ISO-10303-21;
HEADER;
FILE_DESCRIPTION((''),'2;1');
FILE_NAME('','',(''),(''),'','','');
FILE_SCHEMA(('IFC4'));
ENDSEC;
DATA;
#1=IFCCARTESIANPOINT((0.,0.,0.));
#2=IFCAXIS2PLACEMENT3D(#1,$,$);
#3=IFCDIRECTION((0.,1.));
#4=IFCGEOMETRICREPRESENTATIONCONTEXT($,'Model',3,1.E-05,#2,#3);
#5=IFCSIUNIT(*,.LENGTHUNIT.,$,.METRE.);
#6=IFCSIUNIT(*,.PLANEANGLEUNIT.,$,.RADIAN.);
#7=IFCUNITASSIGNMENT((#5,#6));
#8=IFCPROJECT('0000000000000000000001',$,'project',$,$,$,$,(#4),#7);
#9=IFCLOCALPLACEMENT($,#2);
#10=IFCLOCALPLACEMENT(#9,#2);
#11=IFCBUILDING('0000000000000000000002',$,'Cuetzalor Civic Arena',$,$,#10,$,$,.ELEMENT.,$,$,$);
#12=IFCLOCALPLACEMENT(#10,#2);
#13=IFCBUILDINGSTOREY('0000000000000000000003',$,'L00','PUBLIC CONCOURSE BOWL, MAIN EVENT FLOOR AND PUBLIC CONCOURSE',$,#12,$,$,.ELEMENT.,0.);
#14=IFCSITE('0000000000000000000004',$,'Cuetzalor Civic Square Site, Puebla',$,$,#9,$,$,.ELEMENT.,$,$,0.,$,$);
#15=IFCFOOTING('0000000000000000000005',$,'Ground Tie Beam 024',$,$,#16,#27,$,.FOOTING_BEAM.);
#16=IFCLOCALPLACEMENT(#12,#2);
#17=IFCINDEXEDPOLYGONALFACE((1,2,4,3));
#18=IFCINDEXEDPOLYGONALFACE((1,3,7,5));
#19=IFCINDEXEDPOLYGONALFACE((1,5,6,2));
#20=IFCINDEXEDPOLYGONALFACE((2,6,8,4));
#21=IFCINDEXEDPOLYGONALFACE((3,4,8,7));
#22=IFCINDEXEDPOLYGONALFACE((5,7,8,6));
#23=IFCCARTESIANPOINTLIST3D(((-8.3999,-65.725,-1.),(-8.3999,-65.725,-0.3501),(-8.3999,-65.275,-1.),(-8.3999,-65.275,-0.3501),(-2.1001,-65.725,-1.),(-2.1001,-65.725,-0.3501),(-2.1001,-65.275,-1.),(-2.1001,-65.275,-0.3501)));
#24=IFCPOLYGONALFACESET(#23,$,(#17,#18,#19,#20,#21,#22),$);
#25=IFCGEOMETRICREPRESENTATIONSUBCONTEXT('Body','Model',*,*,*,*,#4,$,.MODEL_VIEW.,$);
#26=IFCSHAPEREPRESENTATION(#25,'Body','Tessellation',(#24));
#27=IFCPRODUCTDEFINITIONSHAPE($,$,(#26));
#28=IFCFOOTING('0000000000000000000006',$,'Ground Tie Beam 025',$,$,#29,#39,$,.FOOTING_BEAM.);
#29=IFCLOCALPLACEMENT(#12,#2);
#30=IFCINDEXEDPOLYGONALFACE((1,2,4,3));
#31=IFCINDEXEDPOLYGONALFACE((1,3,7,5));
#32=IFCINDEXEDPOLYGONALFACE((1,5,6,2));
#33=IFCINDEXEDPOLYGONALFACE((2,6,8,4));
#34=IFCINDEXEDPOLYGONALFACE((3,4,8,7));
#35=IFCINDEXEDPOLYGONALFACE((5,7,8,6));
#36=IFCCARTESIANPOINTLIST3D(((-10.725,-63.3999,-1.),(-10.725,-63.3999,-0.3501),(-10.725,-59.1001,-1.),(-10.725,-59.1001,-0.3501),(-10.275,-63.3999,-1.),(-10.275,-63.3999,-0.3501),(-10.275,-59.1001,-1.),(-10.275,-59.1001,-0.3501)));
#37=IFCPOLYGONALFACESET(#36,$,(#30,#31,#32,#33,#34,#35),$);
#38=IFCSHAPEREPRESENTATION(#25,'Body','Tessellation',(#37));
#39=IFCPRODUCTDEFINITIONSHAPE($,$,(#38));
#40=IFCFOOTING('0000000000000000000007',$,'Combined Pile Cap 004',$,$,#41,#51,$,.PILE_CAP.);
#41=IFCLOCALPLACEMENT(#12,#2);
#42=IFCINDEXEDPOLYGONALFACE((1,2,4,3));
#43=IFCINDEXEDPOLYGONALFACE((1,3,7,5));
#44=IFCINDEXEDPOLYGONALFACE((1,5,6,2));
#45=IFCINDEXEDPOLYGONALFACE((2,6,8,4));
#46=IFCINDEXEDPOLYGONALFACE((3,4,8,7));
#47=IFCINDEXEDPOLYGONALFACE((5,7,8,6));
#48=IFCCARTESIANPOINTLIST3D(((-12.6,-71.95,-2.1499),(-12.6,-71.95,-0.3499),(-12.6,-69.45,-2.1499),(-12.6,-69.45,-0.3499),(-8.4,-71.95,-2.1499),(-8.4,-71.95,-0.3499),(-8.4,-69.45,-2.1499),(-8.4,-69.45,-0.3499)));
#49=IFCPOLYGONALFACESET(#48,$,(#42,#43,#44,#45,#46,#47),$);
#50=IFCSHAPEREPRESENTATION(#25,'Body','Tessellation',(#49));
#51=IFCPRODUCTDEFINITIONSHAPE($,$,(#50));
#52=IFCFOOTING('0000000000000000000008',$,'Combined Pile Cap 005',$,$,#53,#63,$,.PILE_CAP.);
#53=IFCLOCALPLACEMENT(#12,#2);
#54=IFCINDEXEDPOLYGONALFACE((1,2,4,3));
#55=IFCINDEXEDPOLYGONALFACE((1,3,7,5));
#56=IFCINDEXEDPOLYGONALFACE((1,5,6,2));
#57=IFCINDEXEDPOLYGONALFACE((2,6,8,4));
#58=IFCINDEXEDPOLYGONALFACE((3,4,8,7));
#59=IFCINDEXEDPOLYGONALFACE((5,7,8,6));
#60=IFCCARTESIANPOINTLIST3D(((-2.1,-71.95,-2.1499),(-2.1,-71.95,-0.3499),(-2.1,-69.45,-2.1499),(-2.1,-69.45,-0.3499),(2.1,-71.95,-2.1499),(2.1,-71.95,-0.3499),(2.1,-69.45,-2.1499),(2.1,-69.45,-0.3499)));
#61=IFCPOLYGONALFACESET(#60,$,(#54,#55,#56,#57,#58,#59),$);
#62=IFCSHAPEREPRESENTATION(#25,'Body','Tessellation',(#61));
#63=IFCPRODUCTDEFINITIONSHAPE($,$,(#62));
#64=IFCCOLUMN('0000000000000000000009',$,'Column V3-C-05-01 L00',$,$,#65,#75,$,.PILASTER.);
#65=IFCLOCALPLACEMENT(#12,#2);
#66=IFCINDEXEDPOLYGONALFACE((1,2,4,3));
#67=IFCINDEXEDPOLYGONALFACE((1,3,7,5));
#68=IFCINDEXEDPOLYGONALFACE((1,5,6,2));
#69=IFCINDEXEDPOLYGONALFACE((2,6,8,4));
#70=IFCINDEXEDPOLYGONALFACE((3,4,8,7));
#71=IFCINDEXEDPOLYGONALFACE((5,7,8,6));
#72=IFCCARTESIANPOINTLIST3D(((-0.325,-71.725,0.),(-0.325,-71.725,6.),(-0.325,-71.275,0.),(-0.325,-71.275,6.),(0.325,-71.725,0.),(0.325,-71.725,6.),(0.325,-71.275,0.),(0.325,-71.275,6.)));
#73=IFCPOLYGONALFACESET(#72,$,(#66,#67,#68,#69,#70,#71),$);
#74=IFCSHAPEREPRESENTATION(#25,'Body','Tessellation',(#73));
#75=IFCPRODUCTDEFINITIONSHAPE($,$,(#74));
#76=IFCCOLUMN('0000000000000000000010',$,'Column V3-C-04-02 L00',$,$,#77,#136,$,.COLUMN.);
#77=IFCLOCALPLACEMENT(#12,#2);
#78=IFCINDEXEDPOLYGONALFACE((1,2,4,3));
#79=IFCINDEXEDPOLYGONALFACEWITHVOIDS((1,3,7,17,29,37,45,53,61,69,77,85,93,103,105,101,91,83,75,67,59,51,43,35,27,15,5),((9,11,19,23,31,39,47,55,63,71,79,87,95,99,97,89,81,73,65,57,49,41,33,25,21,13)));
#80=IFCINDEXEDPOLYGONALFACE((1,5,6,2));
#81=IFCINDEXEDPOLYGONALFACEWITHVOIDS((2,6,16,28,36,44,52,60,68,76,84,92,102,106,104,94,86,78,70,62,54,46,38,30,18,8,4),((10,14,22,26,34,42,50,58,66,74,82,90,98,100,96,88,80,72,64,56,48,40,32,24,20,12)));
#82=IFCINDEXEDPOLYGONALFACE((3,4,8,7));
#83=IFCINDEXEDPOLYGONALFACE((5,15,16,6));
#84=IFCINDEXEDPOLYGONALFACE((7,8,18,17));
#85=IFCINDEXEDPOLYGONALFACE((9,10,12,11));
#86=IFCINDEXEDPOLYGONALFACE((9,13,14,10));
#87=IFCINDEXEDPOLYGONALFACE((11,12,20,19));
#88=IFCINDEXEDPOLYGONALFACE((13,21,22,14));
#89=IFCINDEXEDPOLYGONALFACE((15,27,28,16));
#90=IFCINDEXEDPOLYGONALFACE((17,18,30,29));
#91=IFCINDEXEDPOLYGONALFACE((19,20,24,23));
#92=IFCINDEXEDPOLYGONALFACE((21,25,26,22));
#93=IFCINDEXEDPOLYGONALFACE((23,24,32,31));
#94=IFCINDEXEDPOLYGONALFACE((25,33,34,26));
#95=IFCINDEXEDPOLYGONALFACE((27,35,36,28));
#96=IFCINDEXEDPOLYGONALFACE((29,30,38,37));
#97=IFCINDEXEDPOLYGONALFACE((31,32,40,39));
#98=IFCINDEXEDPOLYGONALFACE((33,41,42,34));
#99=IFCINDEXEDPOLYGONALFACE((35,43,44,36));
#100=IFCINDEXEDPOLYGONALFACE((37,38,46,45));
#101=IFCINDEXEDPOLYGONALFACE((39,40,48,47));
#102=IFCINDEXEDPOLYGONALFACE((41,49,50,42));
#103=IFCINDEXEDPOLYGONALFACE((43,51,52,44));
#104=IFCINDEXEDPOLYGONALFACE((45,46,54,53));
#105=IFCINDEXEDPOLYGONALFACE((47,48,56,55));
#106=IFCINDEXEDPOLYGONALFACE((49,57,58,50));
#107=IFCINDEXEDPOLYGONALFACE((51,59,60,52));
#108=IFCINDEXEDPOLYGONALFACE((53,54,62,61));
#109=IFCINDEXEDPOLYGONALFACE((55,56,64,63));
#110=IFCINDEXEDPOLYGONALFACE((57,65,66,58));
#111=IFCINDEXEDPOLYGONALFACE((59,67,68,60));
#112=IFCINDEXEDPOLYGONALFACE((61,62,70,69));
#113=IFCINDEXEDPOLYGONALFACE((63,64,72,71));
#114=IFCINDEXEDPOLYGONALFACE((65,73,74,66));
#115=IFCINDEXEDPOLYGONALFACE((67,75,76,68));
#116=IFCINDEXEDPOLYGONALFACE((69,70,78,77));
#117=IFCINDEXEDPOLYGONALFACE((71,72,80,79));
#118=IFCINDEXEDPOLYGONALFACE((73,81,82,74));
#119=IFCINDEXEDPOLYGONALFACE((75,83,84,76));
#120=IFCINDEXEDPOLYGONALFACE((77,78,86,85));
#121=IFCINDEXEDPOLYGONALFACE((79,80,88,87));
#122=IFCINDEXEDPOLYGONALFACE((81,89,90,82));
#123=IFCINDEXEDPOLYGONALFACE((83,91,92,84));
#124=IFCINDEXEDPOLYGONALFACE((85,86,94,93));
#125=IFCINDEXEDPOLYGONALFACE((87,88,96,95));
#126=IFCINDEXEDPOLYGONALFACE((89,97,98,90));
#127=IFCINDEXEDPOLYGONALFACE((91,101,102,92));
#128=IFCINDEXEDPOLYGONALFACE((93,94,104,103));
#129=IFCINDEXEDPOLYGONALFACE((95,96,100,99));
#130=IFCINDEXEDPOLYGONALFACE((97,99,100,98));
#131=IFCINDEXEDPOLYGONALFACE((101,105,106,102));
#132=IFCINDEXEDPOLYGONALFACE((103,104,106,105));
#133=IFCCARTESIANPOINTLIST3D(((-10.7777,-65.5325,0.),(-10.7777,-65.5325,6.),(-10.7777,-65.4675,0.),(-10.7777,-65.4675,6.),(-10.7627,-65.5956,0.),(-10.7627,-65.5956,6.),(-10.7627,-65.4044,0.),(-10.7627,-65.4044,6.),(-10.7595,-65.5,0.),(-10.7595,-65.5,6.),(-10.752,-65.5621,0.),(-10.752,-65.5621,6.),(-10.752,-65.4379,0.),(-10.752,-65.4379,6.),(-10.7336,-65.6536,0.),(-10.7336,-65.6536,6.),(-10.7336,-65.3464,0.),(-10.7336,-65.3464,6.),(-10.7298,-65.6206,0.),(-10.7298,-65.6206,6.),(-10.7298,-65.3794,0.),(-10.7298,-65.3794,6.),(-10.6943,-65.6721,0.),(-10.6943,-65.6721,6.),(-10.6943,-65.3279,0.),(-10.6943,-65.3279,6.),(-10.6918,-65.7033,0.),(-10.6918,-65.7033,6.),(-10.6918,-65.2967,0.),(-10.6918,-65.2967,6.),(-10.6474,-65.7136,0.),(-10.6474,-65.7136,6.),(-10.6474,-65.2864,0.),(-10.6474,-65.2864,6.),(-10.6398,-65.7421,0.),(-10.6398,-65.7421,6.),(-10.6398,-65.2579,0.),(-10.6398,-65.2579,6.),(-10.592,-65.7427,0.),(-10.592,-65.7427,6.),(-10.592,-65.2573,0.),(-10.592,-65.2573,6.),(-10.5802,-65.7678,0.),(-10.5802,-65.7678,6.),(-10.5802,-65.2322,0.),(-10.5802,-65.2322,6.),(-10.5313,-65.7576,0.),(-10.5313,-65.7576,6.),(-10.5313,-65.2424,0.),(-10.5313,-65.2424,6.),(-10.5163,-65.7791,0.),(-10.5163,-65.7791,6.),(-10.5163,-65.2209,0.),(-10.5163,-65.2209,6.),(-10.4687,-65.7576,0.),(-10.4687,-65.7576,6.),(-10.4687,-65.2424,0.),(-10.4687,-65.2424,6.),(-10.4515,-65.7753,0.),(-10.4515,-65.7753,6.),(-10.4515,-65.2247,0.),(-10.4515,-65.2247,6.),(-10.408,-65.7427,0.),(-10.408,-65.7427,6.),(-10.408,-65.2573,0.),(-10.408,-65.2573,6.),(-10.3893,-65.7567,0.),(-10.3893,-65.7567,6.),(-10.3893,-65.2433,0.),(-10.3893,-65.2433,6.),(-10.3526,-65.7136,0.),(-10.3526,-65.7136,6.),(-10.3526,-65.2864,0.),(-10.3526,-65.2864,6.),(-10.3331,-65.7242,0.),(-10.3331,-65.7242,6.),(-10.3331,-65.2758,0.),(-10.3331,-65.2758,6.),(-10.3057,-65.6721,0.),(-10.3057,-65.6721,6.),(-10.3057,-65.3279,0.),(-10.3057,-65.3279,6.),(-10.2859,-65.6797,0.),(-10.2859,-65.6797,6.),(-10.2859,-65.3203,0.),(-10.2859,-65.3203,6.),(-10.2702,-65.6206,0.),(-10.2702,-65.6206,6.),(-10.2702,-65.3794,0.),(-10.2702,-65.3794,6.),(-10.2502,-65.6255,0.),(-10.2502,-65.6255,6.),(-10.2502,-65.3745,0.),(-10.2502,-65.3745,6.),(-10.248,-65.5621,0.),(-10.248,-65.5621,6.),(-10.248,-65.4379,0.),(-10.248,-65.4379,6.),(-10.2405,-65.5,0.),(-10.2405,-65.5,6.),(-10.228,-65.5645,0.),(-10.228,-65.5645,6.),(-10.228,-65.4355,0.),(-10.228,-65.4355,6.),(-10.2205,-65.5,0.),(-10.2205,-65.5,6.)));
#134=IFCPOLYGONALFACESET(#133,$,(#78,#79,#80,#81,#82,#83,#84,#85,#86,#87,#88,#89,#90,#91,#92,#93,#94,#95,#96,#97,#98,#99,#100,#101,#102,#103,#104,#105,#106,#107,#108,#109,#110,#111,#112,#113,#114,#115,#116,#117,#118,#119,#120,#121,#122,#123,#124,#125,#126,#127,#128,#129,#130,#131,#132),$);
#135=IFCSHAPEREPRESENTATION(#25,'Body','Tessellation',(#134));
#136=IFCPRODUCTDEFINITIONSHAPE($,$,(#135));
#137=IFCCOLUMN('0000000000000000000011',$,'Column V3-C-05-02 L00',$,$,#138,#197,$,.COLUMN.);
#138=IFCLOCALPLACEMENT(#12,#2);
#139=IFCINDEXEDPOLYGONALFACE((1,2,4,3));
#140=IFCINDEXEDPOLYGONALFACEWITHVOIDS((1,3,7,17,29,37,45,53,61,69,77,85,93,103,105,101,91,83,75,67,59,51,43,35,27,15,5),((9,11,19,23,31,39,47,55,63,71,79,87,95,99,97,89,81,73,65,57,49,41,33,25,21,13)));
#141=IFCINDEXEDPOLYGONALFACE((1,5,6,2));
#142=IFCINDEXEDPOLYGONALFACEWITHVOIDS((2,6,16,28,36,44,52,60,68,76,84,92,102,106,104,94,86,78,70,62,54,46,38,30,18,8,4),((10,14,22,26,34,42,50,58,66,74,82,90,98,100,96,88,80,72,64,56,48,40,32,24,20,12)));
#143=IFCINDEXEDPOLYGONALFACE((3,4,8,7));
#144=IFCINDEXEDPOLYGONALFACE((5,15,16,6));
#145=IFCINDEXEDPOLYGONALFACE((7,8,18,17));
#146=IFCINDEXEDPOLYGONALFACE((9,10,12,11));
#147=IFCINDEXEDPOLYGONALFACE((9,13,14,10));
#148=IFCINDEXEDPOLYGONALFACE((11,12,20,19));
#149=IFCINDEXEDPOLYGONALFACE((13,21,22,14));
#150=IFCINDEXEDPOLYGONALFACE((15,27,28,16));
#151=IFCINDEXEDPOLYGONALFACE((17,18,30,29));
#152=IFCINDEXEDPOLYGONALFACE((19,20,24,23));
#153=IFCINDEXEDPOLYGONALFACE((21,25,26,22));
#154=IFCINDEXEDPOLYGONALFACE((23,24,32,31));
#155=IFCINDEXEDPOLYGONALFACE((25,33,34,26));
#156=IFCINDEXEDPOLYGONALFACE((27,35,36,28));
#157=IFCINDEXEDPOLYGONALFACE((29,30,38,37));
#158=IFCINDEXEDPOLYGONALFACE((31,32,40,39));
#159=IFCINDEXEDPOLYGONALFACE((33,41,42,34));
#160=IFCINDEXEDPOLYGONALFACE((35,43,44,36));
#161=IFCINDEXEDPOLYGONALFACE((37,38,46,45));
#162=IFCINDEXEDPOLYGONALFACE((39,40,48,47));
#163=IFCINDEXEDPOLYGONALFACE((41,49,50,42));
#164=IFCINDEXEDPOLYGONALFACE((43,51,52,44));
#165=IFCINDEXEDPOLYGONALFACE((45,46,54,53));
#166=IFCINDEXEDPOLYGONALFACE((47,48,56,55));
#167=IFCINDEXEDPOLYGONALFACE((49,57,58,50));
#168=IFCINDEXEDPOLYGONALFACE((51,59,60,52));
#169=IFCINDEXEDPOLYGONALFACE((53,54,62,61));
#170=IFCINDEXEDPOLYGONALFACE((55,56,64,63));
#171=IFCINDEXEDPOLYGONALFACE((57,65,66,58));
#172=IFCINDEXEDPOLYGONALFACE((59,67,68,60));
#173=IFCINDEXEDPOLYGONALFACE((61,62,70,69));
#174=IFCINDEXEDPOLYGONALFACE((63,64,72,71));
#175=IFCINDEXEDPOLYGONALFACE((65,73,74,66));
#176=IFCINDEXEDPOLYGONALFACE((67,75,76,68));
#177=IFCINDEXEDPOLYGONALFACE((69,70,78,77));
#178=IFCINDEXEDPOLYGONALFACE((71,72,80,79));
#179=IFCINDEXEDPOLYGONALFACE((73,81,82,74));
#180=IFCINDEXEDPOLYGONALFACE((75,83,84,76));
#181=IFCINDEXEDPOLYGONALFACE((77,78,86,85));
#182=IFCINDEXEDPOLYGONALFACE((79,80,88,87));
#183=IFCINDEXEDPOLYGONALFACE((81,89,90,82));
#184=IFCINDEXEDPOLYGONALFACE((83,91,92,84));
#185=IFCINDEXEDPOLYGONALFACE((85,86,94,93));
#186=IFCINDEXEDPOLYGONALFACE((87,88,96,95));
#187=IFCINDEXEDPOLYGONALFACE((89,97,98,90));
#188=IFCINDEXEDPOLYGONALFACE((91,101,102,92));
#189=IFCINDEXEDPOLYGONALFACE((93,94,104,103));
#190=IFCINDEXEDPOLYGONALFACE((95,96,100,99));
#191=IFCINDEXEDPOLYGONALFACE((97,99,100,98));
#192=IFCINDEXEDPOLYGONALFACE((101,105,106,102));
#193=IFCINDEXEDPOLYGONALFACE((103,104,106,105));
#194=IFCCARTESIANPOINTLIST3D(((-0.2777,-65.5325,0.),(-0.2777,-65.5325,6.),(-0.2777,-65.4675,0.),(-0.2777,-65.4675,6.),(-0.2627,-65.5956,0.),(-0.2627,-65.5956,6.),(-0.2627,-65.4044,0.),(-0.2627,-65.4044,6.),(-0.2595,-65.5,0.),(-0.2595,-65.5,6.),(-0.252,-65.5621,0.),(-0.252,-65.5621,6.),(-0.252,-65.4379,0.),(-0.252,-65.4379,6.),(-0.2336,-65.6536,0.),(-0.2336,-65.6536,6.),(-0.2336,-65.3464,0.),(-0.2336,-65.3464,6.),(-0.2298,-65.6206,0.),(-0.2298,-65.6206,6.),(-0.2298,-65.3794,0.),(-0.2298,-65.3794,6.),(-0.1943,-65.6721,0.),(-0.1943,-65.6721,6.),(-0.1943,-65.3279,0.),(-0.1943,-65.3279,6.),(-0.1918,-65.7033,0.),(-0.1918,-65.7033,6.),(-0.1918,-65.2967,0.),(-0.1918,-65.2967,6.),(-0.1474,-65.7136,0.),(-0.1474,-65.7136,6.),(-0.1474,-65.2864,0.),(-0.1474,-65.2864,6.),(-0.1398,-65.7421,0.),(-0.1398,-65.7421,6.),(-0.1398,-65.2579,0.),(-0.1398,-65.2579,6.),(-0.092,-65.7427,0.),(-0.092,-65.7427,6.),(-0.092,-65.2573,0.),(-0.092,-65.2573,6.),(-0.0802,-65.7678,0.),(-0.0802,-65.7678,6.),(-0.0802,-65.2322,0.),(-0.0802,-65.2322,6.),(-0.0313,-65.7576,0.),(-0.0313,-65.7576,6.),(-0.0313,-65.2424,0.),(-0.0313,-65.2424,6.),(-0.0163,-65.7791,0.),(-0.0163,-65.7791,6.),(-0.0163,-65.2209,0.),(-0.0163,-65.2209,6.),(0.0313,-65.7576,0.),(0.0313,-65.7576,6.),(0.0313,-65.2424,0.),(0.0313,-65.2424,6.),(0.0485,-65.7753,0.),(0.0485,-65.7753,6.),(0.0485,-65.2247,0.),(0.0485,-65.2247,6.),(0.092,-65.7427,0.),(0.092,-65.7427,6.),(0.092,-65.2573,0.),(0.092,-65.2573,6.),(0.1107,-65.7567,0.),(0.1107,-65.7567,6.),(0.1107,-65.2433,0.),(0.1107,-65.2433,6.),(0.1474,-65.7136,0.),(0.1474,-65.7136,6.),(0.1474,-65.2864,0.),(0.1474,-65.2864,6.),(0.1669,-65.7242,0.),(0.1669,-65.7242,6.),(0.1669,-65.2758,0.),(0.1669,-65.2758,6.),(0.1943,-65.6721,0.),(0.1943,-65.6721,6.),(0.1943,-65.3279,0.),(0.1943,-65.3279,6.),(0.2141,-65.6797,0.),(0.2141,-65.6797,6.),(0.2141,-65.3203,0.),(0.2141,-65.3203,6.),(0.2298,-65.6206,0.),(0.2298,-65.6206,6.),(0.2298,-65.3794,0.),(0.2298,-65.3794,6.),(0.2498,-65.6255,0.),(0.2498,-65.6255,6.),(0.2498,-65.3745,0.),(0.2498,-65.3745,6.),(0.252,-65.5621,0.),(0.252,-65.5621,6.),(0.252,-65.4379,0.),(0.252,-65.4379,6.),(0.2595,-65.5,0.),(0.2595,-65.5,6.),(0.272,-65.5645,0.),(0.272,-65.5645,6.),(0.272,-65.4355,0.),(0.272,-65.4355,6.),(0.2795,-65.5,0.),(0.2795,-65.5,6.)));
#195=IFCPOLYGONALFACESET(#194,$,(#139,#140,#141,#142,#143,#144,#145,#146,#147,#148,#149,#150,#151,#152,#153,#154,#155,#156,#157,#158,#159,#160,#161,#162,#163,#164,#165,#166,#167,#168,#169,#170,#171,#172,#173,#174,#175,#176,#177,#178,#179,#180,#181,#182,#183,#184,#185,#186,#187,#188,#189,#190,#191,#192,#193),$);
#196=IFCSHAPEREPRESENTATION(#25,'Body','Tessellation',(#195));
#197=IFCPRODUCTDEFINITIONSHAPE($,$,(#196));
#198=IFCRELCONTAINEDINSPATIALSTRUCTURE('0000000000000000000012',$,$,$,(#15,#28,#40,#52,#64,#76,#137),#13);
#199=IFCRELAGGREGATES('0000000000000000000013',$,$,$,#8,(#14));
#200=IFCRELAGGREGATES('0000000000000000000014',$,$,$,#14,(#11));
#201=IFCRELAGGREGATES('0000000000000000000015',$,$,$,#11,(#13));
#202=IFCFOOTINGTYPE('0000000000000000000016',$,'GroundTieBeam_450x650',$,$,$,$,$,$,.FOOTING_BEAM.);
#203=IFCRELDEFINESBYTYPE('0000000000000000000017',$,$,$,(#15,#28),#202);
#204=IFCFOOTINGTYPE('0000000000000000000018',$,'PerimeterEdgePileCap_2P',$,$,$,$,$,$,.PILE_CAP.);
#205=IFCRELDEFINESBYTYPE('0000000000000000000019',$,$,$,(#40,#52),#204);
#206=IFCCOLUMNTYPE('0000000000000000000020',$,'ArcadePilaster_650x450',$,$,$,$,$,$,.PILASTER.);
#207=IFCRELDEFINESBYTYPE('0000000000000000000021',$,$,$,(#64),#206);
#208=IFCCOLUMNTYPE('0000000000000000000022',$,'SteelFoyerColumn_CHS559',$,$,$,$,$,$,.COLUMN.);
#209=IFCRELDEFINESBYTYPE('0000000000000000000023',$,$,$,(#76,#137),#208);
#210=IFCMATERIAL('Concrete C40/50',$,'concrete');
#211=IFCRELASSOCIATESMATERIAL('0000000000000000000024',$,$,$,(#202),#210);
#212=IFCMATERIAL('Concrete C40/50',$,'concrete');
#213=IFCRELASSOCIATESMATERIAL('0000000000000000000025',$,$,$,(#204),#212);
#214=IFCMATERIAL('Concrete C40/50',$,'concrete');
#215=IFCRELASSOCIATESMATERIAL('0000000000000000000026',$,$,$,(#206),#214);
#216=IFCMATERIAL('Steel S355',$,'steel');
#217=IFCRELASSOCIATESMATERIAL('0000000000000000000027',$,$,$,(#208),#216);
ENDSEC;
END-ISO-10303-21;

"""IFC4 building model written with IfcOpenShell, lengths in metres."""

from ifc_helpers import new_model, si_unit, direction, frame, origin, origin_2d, place, context, subcontext, project, spatial, rectangle, hollow_circle, extrude, material, material_profile, profile_set, type_object, element, save


model = new_model("IFC4")

# Units and contexts
model_context = context("Model", 3, precision=1e-05, world=origin(), true_north=direction((0.0, 1.0)))
body_context = subcontext(model_context, "Body", "Model", "MODEL_VIEW")
ifc_project = project(units=[si_unit("LENGTHUNIT", "METRE"), si_unit("PLANEANGLEUNIT", "RADIAN")], contexts=[model_context])

# Site, building, storey
site_placement = place(None, origin())
site = spatial("IfcSite", under=ifc_project, at=site_placement, Name="Cuetzalor Civic Square Site, Puebla", CompositionType="ELEMENT", RefElevation=0.0)
building_placement = place(site_placement, origin())
building = spatial("IfcBuilding", under=site, at=building_placement, Name="Cuetzalor Civic Arena", CompositionType="ELEMENT")
storey_placement = place(building_placement, origin())
storey = spatial("IfcBuildingStorey", under=building, at=storey_placement, Name="L00", Description="PUBLIC CONCOURSE BOWL, MAIN EVENT FLOOR AND PUBLIC CONCOURSE", CompositionType="ELEMENT", Elevation=0.0)

# Footings
ifc_material_1 = material(Name="Concrete C40/50", Category="concrete")
ifc_material_profile_1 = material_profile(ifc_material_1, rectangle(XDim=0.45, YDim=0.6499, at=origin_2d()), Name="RC 450x650")
ifc_profile_set_1 = profile_set([ifc_material_profile_1], Name="Concrete C40/50")
footing_type_1 = type_object("IfcFootingType", Name="GroundTieBeam_450x650", PredefinedType="FOOTING_BEAM", material=ifc_profile_set_1)
footing_1_placement = place(storey_placement, frame((-8.3999, -65.5, -0.675), z_axis=(1.0, 0.0, 0.0), x_axis=(0.0, 1.0, 0.0)))
element("IfcFooting", 1, at=footing_1_placement, inside=storey, type_object=footing_type_1, Name="Ground Tie Beam 024", PredefinedType="FOOTING_BEAM", context=body_context, shape_type="SweptSolid", body=[
    extrude(rectangle(XDim=0.45, YDim=0.6499, at=origin_2d()), origin(), (0.0, 0.0, 1.0), 6.2998),
])
footing_2_placement = place(storey_placement, frame((-10.5, -63.3999, -0.675), z_axis=(0.0, 1.0, 0.0), x_axis=(-1.0, 0.0, 0.0)))
element("IfcFooting", 2, at=footing_2_placement, inside=storey, type_object=footing_type_1, Name="Ground Tie Beam 025", PredefinedType="FOOTING_BEAM", context=body_context, shape_type="SweptSolid", body=[
    extrude(rectangle(XDim=0.45, YDim=0.6499, at=origin_2d()), origin(), (0.0, 0.0, 1.0), 4.2998),
])
ifc_material_2 = material(Name="Concrete C40/50", Category="concrete")
footing_type_2 = type_object("IfcFootingType", Name="PerimeterEdgePileCap_2P", PredefinedType="PILE_CAP", material=ifc_material_2)
for number, where, z_axis, x_axis, name in (
    (3, (-10.5, -70.7, -2.1499), (0.0, 0.0, 1.0), (1.0, 0.0, 0.0), "Combined Pile Cap 004"),
    (4, (0.0, -70.7, -2.1499), (0.0, 0.0, 1.0), (1.0, 0.0, 0.0), "Combined Pile Cap 005"),
):
    element("IfcFooting", number, at=place(storey_placement, frame(where, z_axis=z_axis, x_axis=x_axis)), inside=storey, type_object=footing_type_2, Name=name, PredefinedType="PILE_CAP", context=body_context, shape_type="SweptSolid", body=[
        extrude(rectangle(XDim=4.2, YDim=2.5, at=origin_2d()), origin(), (0.0, 0.0, 1.0), 1.8),
    ])

# Columns
ifc_material_3 = material(Name="Concrete C40/50", Category="concrete")
ifc_material_profile_2 = material_profile(ifc_material_3, rectangle(XDim=0.6499, YDim=0.45, at=origin_2d()), Name="RC 650x450")
ifc_profile_set_2 = profile_set([ifc_material_profile_2], Name="Concrete C40/50")
column_type_1 = type_object("IfcColumnType", Name="ArcadePilaster_650x450", PredefinedType="PILASTER", material=ifc_profile_set_2)
column_placement = place(storey_placement, frame((0.0, -71.5, 0.0), z_axis=(0.0, 0.0, 1.0), x_axis=(1.0, 0.0, 0.0)))
element("IfcColumn", 5, at=column_placement, inside=storey, type_object=column_type_1, Name="Column V3-C-05-01 L00", PredefinedType="PILASTER", context=body_context, shape_type="SweptSolid", body=[
    extrude(rectangle(XDim=0.6499, YDim=0.45, at=origin_2d()), origin(), (0.0, 0.0, 1.0), 6.0),
])
ifc_material_4 = material(Name="Steel S355", Category="steel")
ifc_material_profile_3 = material_profile(ifc_material_4, hollow_circle(Radius=0.2795, WallThickness=0.02, at=origin_2d()), Name="CHS 559x20")
ifc_profile_set_3 = profile_set([ifc_material_profile_3], Name="Steel S355")
column_type_2 = type_object("IfcColumnType", Name="SteelFoyerColumn_CHS559", PredefinedType="COLUMN", material=ifc_profile_set_3)
for number, where, z_axis, x_axis, name in (
    (6, (-10.5, -65.5, 0.0), (0.0, 0.0, 1.0), (1.0, 0.0, 0.0), "Column V3-C-04-02 L00"),
    (7, (0.0, -65.5, 0.0), (0.0, 0.0, 1.0), (1.0, 0.0, 0.0), "Column V3-C-05-02 L00"),
):
    element("IfcColumn", number, at=place(storey_placement, frame(where, z_axis=z_axis, x_axis=x_axis)), inside=storey, type_object=column_type_2, Name=name, PredefinedType="COLUMN", context=body_context, shape_type="SweptSolid", body=[
        extrude(hollow_circle(Radius=0.2795, WallThickness=0.02, at=origin_2d()), origin(), (0.0, 0.0, 1.0), 6.0),
    ])

save(model, "model.ifc")
